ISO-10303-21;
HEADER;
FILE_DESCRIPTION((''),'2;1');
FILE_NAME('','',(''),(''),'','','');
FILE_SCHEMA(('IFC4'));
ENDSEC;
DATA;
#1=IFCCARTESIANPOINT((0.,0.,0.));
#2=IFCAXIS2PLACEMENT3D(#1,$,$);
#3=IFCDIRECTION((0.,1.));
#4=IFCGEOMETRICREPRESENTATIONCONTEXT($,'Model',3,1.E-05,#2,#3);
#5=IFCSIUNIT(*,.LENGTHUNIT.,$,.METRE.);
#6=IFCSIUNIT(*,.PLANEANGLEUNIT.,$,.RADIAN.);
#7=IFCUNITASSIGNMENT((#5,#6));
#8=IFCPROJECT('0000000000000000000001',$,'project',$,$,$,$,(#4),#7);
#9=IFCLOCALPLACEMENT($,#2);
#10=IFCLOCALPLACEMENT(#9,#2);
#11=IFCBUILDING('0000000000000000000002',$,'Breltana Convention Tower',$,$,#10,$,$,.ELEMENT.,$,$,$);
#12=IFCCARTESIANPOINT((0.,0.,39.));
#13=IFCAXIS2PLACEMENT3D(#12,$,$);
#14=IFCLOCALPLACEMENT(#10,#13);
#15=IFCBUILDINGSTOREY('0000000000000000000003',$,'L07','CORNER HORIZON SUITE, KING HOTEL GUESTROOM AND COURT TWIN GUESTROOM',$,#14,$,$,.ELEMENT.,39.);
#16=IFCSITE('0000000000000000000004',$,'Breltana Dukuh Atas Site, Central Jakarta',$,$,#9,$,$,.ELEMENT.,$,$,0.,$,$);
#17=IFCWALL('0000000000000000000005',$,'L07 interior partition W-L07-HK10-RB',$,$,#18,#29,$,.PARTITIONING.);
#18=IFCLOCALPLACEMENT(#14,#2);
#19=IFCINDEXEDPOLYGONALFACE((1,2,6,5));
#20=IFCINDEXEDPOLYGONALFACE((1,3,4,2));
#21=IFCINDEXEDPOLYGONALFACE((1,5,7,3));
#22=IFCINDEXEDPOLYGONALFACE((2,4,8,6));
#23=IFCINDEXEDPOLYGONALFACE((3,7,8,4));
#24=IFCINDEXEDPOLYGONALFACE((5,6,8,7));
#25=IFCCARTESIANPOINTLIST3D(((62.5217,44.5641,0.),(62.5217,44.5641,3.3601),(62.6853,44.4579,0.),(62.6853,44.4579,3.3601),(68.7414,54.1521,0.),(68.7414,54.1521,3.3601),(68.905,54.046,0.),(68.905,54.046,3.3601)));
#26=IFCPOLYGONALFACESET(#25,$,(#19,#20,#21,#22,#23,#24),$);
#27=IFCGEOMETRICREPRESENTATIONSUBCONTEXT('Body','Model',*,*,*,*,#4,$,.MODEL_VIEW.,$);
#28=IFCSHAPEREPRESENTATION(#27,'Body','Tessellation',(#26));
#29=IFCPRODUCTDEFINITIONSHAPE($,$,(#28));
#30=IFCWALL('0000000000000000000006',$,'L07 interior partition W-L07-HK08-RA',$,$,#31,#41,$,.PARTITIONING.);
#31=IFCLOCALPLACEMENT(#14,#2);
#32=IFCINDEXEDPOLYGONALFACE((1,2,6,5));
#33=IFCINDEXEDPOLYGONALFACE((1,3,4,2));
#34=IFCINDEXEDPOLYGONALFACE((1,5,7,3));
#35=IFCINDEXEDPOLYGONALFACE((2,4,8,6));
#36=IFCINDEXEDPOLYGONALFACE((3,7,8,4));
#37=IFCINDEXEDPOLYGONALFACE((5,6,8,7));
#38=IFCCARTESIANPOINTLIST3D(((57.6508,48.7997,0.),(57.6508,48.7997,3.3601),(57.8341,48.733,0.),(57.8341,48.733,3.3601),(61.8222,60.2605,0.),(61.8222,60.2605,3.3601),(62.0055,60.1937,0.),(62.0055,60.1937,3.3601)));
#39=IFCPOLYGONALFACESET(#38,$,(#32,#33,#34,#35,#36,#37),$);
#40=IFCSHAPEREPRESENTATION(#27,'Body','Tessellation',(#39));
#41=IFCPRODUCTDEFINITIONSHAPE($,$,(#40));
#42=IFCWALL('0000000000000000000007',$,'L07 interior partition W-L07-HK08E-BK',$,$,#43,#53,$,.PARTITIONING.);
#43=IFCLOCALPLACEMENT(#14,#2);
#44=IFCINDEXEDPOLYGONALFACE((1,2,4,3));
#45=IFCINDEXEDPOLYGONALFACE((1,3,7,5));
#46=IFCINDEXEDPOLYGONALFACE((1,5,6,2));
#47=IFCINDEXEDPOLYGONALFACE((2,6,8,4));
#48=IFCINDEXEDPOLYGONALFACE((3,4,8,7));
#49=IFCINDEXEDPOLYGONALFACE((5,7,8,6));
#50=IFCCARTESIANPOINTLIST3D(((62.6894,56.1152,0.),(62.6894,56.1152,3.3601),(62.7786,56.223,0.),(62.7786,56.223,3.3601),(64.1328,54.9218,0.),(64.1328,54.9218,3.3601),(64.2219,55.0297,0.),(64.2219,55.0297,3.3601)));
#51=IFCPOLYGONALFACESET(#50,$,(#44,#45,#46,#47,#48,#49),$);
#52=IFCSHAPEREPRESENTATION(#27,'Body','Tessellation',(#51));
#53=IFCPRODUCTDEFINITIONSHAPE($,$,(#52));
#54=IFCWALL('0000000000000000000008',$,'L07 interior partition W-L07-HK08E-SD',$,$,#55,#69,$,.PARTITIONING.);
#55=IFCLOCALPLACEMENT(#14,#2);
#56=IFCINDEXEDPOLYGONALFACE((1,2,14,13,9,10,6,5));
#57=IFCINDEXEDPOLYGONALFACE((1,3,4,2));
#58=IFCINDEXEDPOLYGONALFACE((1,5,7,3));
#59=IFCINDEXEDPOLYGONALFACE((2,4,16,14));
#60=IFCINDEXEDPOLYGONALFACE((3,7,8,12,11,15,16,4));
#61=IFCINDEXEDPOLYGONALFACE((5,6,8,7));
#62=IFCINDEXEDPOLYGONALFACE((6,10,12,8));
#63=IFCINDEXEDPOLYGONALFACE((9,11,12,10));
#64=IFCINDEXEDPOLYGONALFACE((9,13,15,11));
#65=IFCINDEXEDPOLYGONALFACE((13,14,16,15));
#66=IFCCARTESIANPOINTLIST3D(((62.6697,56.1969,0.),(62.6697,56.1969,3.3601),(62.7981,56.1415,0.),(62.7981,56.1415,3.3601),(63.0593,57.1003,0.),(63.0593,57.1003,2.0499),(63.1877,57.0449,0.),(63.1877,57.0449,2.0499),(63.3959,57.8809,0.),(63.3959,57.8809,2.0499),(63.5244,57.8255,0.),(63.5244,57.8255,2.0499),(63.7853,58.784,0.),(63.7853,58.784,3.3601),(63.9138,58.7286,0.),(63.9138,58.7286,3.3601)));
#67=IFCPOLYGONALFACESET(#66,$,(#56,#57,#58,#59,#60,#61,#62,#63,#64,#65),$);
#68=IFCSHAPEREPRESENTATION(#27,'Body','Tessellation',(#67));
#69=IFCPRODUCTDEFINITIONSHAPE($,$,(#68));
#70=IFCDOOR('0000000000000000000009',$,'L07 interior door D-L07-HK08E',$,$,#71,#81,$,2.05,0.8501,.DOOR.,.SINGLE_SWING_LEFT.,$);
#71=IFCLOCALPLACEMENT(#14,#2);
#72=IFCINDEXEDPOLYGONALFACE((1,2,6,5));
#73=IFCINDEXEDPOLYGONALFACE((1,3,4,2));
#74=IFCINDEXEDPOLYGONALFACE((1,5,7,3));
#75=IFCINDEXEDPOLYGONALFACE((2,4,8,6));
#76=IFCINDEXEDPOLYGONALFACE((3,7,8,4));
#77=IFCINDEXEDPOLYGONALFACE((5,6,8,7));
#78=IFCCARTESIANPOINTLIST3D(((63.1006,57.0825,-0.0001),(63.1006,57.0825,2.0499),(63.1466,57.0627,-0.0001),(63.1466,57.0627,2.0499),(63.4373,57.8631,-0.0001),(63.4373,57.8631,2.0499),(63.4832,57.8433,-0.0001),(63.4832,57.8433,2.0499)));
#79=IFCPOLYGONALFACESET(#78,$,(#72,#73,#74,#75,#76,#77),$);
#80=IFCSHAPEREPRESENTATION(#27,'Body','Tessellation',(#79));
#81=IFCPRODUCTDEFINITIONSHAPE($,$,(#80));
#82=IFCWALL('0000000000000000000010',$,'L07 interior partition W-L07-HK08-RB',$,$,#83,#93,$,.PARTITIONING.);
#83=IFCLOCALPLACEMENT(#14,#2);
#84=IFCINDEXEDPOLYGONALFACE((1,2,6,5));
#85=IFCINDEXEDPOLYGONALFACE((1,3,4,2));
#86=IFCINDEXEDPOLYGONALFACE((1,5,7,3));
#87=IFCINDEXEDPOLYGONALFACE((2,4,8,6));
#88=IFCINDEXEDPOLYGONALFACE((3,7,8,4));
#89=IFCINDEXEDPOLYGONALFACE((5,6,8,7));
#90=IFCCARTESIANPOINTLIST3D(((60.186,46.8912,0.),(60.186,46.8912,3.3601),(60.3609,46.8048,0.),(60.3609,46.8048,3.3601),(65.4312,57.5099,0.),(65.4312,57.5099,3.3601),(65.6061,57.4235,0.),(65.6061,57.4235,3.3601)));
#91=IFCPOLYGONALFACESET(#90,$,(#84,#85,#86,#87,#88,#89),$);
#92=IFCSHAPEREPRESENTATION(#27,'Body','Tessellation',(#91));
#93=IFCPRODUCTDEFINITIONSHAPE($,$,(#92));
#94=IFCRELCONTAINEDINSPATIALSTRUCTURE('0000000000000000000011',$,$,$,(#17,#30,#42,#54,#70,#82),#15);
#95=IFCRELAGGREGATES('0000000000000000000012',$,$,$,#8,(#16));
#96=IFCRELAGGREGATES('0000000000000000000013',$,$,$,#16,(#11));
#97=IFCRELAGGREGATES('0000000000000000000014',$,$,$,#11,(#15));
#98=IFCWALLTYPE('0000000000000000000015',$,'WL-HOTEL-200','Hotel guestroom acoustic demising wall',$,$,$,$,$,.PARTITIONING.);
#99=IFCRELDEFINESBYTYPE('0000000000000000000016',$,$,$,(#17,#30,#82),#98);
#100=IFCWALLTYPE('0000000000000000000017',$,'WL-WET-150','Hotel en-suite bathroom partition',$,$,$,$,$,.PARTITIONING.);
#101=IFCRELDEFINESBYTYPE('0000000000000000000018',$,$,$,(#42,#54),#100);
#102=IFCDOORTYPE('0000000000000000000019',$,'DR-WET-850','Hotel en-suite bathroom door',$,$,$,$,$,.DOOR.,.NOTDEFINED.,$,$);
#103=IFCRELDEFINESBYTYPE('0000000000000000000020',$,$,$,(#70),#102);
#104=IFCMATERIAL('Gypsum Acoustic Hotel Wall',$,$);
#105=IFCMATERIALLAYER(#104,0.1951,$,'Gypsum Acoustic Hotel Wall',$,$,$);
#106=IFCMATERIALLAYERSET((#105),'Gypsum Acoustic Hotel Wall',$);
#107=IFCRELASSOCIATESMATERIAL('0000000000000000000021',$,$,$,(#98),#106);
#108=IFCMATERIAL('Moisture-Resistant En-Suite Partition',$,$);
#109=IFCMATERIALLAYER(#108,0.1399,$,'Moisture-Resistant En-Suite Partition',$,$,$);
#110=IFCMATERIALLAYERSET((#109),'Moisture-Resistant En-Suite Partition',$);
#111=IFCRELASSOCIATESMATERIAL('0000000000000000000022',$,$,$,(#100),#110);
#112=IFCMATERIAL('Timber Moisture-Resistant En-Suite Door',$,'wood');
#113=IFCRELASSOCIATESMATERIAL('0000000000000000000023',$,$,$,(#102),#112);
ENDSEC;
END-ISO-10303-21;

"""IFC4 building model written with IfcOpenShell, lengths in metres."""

from ifc_helpers import new_model, si_unit, direction, frame, frame_2d, origin, place, context, subcontext, project, spatial, rectangle, extrude, source, transform, mapped, material, layer, layer_set, type_object, type_shapes, element, fill, save


model = new_model("IFC4")

# Units and contexts
model_context = context("Model", 3, precision=1e-05, world=origin(), true_north=direction((0.0, 1.0)))
body_context = subcontext(model_context, "Body", "Model", "MODEL_VIEW")
ifc_project = project(units=[si_unit("LENGTHUNIT", "METRE"), si_unit("PLANEANGLEUNIT", "RADIAN")], contexts=[model_context])

# Site, building, storey
site_placement = place(None, origin())
site = spatial("IfcSite", under=ifc_project, at=site_placement, Name="Breltana Dukuh Atas Site, Central Jakarta", CompositionType="ELEMENT", RefElevation=0.0)
building_placement = place(site_placement, origin())
building = spatial("IfcBuilding", under=site, at=building_placement, Name="Breltana Convention Tower", CompositionType="ELEMENT")
storey_placement = place(building_placement, frame((0.0, 0.0, 39.0)))
storey = spatial("IfcBuildingStorey", under=building, at=storey_placement, Name="L07", Description="CORNER HORIZON SUITE, KING HOTEL GUESTROOM AND COURT TWIN GUESTROOM", CompositionType="ELEMENT", Elevation=39.0)

# Walls
ifc_material_1 = material(Name="Gypsum Acoustic Hotel Wall")
ifc_layer_1 = layer(ifc_material_1, 0.1951, Name="Gypsum Acoustic Hotel Wall")
ifc_layer_set_1 = layer_set([ifc_layer_1], Name="Gypsum Acoustic Hotel Wall")
wall_type_1 = type_object("IfcWallType", Name="WL-HOTEL-200", Description="Hotel guestroom acoustic demising wall", PredefinedType="PARTITIONING", material=ifc_layer_set_1)
shared_shape_1 = source(origin(), body_context, "Body", "SweptSolid", [
    extrude(rectangle(XDim=11.4287, YDim=0.1951, at=frame_2d((5.7144, 0.0))), origin(), (0.0, 0.0, 1.0), 3.3601),
])
wall_1_placement = place(storey_placement, frame((62.6035, 44.511, 0.0), z_axis=(0.0, 0.0, 1.0), x_axis=(0.544215, 0.838945, 0.0)))
element("IfcWall", 1, at=wall_1_placement, inside=storey, type_object=wall_type_1, Name="L07 interior partition W-L07-HK10-RB", PredefinedType="PARTITIONING", context=body_context, shape_type="MappedRepresentation", body=[
    mapped(shared_shape_1, transform((0.0, 0.0, 0.0), scale=1.0)),
])
shared_shape_2 = source(origin(), body_context, "Body", "SweptSolid", [
    extrude(rectangle(XDim=12.1963, YDim=0.1951, at=frame_2d((6.0981, 0.0))), origin(), (0.0, 0.0, 1.0), 3.3601),
])
wall_2_placement = place(storey_placement, frame((57.7424, 48.7664, 0.0), z_axis=(0.0, 0.0, 1.0), x_axis=(0.342023, 0.939692, 0.0)))
element("IfcWall", 2, at=wall_2_placement, inside=storey, type_object=wall_type_1, Name="L07 interior partition W-L07-HK08-RA", PredefinedType="PARTITIONING", context=body_context, shape_type="MappedRepresentation", body=[
    mapped(shared_shape_2, transform((0.0, 0.0, 0.0), scale=1.0)),
])
ifc_material_2 = material(Name="Moisture-Resistant En-Suite Partition")
ifc_layer_2 = layer(ifc_material_2, 0.1399, Name="Moisture-Resistant En-Suite Partition")
ifc_layer_set_2 = layer_set([ifc_layer_2], Name="Moisture-Resistant En-Suite Partition")
wall_type_2 = type_object("IfcWallType", Name="WL-WET-150", Description="Hotel en-suite bathroom partition", PredefinedType="PARTITIONING", material=ifc_layer_set_2)
shared_shape_3 = source(origin(), body_context, "Body", "SweptSolid", [
    extrude(rectangle(XDim=1.8728, YDim=0.1399, at=frame_2d((0.9365, 0.0))), origin(), (0.0, 0.0, 1.0), 3.3601),
])
wall_3_placement = place(storey_placement, frame((62.7339, 56.1692, 0.0), z_axis=(0.0, 0.0, 1.0), x_axis=(0.770695, -0.637205, 0.0)))
element("IfcWall", 3, at=wall_3_placement, inside=storey, type_object=wall_type_2, Name="L07 interior partition W-L07-HK08E-BK", PredefinedType="PARTITIONING", context=body_context, shape_type="MappedRepresentation", body=[
    mapped(shared_shape_3, transform((0.0, 0.0, 0.0), scale=1.0)),
])

# Wall, opening, door
shared_shape_4 = source(origin(), body_context, "Body", "SweptSolid", [
    extrude(rectangle(XDim=2.8174, YDim=0.1399, at=frame_2d((1.4087, 0.0))), origin(), (0.0, 0.0, 1.0), 3.3601),
])
wall_4_placement = place(storey_placement, frame((62.7339, 56.1692, 0.0), z_axis=(0.0, 0.0, 1.0), x_axis=(0.395999, 0.918251, 0.0)))
wall_4 = element("IfcWall", 4, at=wall_4_placement, inside=storey, type_object=wall_type_2, Name="L07 interior partition W-L07-HK08E-SD", PredefinedType="PARTITIONING", context=body_context, shape_type="MappedRepresentation", body=[
    mapped(shared_shape_4, transform((0.0, 0.0, 0.0), scale=1.0)),
])
opening_placement = place(wall_4_placement, frame((0.9839, 0.0, 0.0)))
opening = element("IfcOpeningElement", 5, at=opening_placement, cuts=wall_4, PredefinedType="OPENING", context=body_context, shape_type="SweptSolid", body=[
    extrude(rectangle(XDim=0.8501, YDim=2.05, at=frame_2d((0.425, 1.0249))), frame((0.0, 0.0801, 0.0), z_axis=(0.0, -1.0, 0.0), x_axis=(1.0, 0.0, 0.0)), (0.0, 0.0, 1.0), 0.1599),
])
ifc_material_3 = material(Name="Timber Moisture-Resistant En-Suite Door", Category="wood")
door_type = type_object("IfcDoorType", Name="DR-WET-850", Description="Hotel en-suite bathroom door", OperationType="NOTDEFINED", PredefinedType="DOOR", material=ifc_material_3)
shared_shape_5 = source(origin(), body_context, "Body", "SweptSolid", [
    extrude(rectangle(XDim=0.8501, YDim=2.05, at=frame_2d((0.425, 1.0249))), frame((0.0, 0.0249, 0.0), z_axis=(0.0, -1.0, 0.0), x_axis=(1.0, 0.0, 0.0)), (0.0, 0.0, 1.0), 0.05),
])
type_shapes(door_type, [shared_shape_5])
door_placement = place(opening_placement, origin())
door = element("IfcDoor", 6, at=door_placement, inside=storey, type_object=door_type, Name="L07 interior door D-L07-HK08E", OperationType="SINGLE_SWING_LEFT", OverallHeight=2.05, OverallWidth=0.8501, PredefinedType="DOOR", context=body_context, shape_type="MappedRepresentation", body=[
    mapped(shared_shape_5, transform((0.0, 0.0, 0.0), scale=1.0)),
])
fill(opening, door)

# Wall
shared_shape_6 = source(origin(), body_context, "Body", "SweptSolid", [
    extrude(rectangle(XDim=11.8435, YDim=0.1951, at=frame_2d((5.9219, 0.0))), origin(), (0.0, 0.0, 1.0), 3.3601),
])
wall_5_placement = place(storey_placement, frame((60.2734, 46.8479, 0.0), z_axis=(0.0, 0.0, 1.0), x_axis=(0.442871, 0.896585, 0.0)))
element("IfcWall", 7, at=wall_5_placement, inside=storey, type_object=wall_type_1, Name="L07 interior partition W-L07-HK08-RB", PredefinedType="PARTITIONING", context=body_context, shape_type="MappedRepresentation", body=[
    mapped(shared_shape_6, transform((0.0, 0.0, 0.0), scale=1.0)),
])

save(model, "model.ifc")
